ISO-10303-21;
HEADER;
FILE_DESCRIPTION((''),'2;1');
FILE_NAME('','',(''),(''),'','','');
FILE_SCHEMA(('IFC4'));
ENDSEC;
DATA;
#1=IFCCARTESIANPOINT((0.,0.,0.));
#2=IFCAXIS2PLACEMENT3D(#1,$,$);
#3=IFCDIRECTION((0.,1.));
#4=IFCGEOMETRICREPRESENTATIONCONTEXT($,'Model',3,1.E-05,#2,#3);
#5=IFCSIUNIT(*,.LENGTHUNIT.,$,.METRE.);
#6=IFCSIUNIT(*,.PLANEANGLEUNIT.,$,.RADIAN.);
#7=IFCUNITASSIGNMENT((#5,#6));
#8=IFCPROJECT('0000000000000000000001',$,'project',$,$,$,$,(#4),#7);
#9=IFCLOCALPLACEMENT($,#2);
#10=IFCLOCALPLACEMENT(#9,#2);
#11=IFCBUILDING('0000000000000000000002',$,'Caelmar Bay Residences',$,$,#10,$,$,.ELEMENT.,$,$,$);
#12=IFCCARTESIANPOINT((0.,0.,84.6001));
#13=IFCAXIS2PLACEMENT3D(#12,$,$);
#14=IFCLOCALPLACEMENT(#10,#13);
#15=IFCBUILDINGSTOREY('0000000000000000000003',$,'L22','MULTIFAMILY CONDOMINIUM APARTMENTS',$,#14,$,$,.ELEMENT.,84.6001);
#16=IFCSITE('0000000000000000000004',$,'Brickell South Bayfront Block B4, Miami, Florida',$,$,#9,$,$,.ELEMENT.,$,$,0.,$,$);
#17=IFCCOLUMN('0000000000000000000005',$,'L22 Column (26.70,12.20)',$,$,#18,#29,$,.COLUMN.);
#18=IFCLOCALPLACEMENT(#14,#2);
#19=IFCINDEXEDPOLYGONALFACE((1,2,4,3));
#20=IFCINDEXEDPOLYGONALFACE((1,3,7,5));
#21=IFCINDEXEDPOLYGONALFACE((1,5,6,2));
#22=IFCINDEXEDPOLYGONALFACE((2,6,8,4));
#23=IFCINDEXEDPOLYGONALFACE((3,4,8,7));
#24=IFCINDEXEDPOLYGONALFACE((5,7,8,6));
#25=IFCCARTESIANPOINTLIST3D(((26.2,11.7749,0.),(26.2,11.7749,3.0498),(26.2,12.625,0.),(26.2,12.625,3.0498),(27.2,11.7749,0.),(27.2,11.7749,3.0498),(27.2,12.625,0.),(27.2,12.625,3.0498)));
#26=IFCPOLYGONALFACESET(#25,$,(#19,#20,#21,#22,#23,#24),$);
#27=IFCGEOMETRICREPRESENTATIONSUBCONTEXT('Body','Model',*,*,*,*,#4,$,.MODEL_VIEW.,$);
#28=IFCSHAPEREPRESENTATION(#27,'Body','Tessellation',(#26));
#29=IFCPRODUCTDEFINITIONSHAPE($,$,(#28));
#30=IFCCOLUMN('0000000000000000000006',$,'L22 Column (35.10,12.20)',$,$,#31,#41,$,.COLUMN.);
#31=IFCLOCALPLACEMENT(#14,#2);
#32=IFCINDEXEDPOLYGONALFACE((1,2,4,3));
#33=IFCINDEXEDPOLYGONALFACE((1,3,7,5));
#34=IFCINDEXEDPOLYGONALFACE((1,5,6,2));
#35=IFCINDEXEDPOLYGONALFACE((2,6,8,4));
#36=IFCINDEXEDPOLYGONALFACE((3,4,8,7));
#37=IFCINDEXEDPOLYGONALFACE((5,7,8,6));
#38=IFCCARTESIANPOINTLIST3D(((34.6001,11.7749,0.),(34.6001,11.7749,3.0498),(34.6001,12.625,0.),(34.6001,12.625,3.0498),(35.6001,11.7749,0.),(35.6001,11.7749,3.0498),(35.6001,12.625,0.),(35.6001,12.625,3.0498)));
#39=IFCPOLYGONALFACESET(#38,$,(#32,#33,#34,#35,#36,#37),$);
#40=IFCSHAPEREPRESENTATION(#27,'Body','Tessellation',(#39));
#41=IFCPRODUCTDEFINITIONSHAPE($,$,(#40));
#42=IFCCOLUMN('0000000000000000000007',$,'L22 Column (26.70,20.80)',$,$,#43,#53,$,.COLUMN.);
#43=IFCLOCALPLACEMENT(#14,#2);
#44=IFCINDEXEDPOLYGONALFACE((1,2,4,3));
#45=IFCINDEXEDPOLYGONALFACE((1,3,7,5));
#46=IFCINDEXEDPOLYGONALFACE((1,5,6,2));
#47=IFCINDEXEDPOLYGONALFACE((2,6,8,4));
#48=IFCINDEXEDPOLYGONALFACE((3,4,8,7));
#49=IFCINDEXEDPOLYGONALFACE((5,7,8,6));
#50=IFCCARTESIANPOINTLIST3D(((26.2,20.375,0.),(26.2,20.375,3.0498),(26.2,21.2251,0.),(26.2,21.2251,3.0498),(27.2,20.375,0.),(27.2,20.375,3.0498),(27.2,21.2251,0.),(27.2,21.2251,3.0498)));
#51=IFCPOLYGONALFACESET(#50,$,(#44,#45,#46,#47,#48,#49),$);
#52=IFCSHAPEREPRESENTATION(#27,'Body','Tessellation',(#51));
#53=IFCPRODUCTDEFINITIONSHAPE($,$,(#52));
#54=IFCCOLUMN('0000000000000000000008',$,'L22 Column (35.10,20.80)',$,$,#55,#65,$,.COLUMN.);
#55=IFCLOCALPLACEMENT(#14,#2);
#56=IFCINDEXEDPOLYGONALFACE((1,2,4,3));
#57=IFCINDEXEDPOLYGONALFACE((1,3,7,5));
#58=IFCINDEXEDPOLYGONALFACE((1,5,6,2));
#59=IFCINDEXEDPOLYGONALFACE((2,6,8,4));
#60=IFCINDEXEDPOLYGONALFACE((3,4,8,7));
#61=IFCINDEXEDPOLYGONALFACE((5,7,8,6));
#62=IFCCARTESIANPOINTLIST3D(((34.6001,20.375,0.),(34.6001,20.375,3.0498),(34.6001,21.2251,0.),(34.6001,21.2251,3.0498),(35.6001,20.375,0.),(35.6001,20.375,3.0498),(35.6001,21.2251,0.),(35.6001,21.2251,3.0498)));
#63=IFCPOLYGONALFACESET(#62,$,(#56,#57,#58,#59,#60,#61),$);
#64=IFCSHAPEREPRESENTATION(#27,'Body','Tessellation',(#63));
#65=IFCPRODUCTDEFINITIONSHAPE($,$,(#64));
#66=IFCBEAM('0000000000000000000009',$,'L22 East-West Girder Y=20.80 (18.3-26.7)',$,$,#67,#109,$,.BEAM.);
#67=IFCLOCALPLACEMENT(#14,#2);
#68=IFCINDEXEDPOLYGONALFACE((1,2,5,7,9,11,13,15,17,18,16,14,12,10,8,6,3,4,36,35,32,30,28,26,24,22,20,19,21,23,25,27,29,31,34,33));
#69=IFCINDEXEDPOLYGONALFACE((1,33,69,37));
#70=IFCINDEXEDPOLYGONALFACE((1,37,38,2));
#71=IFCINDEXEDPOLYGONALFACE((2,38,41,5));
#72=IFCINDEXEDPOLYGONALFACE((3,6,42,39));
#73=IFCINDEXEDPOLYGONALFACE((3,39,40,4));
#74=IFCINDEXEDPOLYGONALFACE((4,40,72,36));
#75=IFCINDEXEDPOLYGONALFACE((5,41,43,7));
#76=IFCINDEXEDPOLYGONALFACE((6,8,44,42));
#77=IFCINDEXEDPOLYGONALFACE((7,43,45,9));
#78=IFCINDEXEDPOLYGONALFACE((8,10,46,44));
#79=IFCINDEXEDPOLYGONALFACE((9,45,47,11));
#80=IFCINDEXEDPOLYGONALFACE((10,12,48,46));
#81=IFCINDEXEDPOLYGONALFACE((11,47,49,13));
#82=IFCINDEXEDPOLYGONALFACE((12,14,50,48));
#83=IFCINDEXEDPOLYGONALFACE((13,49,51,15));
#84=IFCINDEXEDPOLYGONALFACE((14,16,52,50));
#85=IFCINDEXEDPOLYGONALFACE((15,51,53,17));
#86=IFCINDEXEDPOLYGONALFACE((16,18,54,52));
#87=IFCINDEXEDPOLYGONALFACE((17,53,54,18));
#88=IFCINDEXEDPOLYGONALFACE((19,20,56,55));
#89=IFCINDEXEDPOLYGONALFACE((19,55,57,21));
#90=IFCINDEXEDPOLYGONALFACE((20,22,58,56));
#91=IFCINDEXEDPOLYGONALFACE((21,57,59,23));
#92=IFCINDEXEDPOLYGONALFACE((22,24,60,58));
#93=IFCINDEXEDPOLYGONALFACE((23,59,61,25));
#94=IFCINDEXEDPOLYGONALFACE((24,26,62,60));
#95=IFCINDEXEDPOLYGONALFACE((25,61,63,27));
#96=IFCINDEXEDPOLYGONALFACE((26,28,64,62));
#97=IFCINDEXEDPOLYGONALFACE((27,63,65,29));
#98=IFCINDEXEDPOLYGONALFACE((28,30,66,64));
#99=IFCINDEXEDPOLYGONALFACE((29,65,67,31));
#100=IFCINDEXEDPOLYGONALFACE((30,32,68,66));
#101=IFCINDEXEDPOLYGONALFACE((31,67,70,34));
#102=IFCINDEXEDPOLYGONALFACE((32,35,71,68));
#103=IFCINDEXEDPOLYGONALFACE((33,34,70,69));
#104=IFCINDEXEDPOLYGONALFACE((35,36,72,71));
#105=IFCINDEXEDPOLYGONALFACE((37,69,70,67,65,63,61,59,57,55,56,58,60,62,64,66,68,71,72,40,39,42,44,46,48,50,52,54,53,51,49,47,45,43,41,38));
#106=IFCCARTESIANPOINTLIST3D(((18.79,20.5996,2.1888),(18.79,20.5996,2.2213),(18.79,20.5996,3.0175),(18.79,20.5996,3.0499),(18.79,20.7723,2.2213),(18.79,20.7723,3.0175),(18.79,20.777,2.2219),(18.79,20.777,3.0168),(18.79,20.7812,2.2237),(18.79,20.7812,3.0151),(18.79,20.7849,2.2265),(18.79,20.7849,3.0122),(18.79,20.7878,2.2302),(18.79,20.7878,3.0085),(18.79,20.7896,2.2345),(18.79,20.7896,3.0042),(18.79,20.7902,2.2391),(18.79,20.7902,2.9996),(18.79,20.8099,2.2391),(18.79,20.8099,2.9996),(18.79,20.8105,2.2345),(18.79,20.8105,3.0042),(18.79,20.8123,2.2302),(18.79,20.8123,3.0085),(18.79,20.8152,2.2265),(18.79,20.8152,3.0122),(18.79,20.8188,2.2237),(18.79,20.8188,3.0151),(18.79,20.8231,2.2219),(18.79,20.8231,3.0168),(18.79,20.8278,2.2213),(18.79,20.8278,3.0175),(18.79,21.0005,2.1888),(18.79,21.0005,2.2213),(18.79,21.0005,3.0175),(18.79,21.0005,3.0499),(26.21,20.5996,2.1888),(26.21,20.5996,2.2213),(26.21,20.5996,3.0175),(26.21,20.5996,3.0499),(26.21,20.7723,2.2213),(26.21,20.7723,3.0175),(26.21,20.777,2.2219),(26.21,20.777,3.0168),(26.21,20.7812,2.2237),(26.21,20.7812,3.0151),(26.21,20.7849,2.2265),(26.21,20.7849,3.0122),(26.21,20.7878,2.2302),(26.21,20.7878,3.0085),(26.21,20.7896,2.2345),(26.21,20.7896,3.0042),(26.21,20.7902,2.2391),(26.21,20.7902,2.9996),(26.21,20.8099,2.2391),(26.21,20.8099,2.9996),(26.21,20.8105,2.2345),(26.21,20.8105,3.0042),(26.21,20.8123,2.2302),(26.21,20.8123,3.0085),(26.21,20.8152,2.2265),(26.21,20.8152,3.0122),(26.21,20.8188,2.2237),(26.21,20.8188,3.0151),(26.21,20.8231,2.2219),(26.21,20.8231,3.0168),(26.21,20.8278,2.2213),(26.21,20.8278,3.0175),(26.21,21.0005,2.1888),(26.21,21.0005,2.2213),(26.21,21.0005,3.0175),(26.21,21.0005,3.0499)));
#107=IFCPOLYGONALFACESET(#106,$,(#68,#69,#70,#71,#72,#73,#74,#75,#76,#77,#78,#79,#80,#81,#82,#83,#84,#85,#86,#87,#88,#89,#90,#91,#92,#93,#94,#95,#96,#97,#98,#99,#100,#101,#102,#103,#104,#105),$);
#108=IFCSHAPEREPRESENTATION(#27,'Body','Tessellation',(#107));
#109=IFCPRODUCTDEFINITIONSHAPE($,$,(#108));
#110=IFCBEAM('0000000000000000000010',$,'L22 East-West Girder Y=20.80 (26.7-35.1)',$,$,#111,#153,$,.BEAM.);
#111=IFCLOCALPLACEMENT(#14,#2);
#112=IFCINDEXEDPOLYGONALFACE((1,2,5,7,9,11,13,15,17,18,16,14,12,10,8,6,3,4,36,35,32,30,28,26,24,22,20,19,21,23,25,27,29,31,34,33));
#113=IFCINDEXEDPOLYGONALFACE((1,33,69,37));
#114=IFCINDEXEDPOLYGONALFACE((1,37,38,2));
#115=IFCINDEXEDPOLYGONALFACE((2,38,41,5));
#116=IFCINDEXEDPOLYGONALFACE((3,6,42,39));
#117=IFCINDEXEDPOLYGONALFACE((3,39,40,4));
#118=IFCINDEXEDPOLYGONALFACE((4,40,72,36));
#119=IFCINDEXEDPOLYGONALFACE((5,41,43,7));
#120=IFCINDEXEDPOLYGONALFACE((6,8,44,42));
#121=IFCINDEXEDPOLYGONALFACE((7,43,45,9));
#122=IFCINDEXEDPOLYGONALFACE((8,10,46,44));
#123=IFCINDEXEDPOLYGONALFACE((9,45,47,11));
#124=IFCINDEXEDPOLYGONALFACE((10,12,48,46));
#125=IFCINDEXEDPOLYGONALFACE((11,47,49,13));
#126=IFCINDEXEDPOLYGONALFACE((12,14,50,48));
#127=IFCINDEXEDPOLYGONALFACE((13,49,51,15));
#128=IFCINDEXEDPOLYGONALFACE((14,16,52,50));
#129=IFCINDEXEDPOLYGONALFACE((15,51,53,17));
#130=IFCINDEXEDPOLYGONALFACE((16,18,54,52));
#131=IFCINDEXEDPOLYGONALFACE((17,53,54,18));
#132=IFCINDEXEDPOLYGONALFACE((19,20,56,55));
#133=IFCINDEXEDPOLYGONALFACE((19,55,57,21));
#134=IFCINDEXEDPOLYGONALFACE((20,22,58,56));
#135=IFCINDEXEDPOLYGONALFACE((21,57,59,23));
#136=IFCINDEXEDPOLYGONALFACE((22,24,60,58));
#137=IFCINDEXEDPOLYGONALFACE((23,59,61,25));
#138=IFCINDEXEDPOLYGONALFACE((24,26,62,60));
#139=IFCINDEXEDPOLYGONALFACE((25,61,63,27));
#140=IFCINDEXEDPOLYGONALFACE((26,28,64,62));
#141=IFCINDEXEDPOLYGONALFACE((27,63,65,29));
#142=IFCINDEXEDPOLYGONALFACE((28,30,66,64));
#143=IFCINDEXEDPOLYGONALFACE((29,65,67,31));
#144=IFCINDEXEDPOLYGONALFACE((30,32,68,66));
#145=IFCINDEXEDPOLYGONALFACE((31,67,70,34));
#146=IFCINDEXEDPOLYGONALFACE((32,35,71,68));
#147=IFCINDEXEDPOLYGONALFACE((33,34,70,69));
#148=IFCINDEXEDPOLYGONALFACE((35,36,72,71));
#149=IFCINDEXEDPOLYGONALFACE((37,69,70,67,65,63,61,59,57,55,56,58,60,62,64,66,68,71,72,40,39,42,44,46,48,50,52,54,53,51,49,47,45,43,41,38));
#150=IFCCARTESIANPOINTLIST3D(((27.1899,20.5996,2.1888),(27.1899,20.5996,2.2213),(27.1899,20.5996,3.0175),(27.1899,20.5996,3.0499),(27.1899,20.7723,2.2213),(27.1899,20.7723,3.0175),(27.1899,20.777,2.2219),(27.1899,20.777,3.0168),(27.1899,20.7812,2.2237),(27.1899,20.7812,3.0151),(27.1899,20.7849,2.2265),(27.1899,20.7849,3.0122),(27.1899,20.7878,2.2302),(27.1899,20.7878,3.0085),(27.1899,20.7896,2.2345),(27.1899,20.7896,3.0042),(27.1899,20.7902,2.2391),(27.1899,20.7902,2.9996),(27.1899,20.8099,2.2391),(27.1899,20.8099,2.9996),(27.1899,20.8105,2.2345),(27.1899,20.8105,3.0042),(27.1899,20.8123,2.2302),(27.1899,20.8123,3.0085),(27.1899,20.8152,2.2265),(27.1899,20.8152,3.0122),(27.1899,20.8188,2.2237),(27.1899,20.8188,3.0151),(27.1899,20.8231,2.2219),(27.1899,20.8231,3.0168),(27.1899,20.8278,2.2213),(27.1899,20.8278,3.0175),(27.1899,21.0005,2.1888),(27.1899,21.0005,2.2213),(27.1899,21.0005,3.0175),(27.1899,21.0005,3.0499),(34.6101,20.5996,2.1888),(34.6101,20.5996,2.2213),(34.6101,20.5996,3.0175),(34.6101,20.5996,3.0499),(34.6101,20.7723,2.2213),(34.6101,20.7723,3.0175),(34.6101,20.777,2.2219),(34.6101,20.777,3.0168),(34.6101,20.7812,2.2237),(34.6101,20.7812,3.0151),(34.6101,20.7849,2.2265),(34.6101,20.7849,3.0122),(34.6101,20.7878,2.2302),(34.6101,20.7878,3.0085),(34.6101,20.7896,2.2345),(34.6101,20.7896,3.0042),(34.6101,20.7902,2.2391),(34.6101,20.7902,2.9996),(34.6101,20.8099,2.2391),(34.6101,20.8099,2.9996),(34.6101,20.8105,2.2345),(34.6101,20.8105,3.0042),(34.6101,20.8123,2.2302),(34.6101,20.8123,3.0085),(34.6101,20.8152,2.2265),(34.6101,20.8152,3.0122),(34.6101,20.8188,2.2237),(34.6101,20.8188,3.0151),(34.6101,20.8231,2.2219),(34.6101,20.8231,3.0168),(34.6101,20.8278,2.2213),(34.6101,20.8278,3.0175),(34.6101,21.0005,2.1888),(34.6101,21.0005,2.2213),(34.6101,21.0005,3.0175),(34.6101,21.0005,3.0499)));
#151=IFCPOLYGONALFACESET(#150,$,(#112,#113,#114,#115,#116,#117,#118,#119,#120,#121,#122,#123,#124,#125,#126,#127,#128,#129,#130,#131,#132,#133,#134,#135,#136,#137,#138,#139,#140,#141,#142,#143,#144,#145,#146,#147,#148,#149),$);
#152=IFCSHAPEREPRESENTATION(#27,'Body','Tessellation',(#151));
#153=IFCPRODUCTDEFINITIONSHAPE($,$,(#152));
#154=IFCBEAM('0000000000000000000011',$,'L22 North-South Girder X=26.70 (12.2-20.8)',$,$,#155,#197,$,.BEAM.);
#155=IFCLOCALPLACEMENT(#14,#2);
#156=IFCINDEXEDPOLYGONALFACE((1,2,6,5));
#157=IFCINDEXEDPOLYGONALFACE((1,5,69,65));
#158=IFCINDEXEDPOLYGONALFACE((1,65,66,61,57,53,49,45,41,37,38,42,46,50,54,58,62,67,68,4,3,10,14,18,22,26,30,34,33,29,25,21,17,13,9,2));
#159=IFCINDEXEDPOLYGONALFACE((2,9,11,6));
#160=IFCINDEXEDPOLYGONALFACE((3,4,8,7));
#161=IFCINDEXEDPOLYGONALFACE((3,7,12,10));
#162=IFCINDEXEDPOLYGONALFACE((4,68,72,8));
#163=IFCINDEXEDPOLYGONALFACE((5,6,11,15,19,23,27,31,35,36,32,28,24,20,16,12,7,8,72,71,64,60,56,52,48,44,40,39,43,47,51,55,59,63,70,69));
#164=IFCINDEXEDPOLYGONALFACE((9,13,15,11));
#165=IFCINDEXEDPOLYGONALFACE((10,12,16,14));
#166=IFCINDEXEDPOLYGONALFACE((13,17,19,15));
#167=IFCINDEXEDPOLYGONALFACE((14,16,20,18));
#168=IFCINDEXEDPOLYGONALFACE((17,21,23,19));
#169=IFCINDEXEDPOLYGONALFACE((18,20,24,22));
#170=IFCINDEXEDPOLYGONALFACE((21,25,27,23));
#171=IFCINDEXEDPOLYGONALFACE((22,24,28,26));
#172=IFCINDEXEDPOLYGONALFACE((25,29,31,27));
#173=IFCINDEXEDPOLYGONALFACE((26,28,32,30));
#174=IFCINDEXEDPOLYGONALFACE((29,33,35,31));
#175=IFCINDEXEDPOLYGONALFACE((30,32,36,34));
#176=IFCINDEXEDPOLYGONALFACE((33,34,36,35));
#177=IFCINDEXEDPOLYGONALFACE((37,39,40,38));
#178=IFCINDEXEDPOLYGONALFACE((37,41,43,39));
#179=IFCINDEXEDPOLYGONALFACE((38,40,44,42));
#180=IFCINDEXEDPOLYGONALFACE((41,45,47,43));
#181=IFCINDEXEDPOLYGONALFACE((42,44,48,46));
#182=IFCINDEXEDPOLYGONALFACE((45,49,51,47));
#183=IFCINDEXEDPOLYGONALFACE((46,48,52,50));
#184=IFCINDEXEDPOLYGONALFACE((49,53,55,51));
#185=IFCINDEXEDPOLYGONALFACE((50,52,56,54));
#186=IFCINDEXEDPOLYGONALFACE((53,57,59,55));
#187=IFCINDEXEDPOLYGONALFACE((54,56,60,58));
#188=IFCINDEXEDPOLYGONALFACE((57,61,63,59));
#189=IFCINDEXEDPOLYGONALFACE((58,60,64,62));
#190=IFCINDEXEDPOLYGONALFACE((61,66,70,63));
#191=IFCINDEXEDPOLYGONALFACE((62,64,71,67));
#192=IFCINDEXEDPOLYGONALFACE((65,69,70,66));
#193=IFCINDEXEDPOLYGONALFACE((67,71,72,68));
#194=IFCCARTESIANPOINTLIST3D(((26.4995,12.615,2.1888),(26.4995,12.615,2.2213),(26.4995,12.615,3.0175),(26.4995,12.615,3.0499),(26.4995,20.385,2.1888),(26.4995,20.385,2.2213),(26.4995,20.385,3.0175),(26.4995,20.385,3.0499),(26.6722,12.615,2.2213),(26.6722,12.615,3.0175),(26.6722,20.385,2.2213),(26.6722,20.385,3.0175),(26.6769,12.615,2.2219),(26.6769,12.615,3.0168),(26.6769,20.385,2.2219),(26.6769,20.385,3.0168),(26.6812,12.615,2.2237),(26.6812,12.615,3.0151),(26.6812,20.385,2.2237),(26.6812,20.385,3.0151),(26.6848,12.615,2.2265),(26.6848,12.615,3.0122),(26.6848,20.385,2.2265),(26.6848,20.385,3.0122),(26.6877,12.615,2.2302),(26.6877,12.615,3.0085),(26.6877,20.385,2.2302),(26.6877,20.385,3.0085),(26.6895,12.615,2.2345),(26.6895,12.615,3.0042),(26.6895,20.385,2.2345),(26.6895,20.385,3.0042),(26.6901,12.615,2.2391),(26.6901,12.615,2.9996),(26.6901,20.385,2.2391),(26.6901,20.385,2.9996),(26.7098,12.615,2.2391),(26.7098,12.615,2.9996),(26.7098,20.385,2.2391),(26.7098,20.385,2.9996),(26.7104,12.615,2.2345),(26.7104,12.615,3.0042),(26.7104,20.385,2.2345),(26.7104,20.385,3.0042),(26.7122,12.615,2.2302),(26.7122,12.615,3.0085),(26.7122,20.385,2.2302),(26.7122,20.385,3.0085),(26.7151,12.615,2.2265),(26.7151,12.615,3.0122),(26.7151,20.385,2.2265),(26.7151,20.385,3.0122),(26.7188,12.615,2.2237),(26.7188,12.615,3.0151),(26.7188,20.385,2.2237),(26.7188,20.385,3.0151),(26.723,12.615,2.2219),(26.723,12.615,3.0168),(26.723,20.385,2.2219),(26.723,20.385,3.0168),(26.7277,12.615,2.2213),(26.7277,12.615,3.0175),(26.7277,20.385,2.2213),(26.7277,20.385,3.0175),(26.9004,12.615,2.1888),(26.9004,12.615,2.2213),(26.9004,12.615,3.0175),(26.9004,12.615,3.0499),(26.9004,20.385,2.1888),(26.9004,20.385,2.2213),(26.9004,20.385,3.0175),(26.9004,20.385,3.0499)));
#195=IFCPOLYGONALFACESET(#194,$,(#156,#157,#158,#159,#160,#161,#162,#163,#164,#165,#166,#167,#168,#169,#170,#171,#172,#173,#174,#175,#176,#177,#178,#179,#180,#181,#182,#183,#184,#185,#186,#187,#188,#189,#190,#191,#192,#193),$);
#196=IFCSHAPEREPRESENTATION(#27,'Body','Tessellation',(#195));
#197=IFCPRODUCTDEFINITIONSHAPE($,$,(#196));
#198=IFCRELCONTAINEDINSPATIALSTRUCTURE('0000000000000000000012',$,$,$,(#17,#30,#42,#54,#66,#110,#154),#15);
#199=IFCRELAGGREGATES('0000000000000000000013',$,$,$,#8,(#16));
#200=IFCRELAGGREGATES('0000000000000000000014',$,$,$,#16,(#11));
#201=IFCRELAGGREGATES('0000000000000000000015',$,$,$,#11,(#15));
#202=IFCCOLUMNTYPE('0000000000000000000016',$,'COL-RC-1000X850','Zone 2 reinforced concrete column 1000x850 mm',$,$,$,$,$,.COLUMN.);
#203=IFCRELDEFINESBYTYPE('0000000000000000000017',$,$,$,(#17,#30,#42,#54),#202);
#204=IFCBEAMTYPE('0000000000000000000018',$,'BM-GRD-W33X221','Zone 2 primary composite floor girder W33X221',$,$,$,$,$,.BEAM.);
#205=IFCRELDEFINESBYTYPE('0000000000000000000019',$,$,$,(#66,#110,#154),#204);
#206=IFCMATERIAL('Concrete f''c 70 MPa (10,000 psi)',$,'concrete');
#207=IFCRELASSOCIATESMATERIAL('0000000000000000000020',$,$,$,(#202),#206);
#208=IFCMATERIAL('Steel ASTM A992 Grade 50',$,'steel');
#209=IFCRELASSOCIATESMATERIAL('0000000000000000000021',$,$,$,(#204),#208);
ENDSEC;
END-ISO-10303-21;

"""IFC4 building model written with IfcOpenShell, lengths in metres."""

from ifc_helpers import new_model, si_unit, direction, frame, origin, origin_2d, place, context, subcontext, project, spatial, rectangle, i_section, extrude, material, material_profile, profile_set, type_object, element, save


model = new_model("IFC4")

# Units and contexts
model_context = context("Model", 3, precision=1e-05, world=origin(), true_north=direction((0.0, 1.0)))
body_context = subcontext(model_context, "Body", "Model", "MODEL_VIEW")
ifc_project = project(units=[si_unit("LENGTHUNIT", "METRE"), si_unit("PLANEANGLEUNIT", "RADIAN")], contexts=[model_context])

# Site, building, storey
site_placement = place(None, origin())
site = spatial("IfcSite", under=ifc_project, at=site_placement, Name="Brickell South Bayfront Block B4, Miami, Florida", CompositionType="ELEMENT", RefElevation=0.0)
building_placement = place(site_placement, origin())
building = spatial("IfcBuilding", under=site, at=building_placement, Name="Caelmar Bay Residences", CompositionType="ELEMENT")
storey_placement = place(building_placement, frame((0.0, 0.0, 84.6001)))
storey = spatial("IfcBuildingStorey", under=building, at=storey_placement, Name="L22", Description="MULTIFAMILY CONDOMINIUM APARTMENTS", CompositionType="ELEMENT", Elevation=84.6001)

# Columns
ifc_material_1 = material(Name="Concrete f'c 70 MPa (10,000 psi)", Category="concrete")
ifc_material_profile_1 = material_profile(ifc_material_1, rectangle(XDim=1.0, YDim=0.8501, at=origin_2d()), Name="RC-COL-1000X850")
ifc_profile_set_1 = profile_set([ifc_material_profile_1], Name="Concrete f'c 70 MPa (10,000 psi)")
column_type = type_object("IfcColumnType", Name="COL-RC-1000X850", Description="Zone 2 reinforced concrete column 1000x850 mm", PredefinedType="COLUMN", material=ifc_profile_set_1)
for number, where, z_axis, x_axis, name in (
    (1, (26.7, 12.2, 0.0), (0.0, 0.0, 1.0), (1.0, 0.0, 0.0), "L22 Column (26.70,12.20)"),
    (2, (35.1001, 12.2, 0.0), (0.0, 0.0, 1.0), (1.0, 0.0, 0.0), "L22 Column (35.10,12.20)"),
    (3, (26.7, 20.8, 0.0), (0.0, 0.0, 1.0), (1.0, 0.0, 0.0), "L22 Column (26.70,20.80)"),
    (4, (35.1001, 20.8, 0.0), (0.0, 0.0, 1.0), (1.0, 0.0, 0.0), "L22 Column (35.10,20.80)"),
):
    element("IfcColumn", number, at=place(storey_placement, frame(where, z_axis=z_axis, x_axis=x_axis)), inside=storey, type_object=column_type, Name=name, PredefinedType="COLUMN", context=body_context, shape_type="SweptSolid", body=[
        extrude(rectangle(XDim=1.0, YDim=0.8501, at=origin_2d()), origin(), (0.0, 0.0, 1.0), 3.0498),
    ])

# Beams
ifc_material_2 = material(Name="Steel ASTM A992 Grade 50", Category="steel")
ifc_material_profile_2 = material_profile(ifc_material_2, i_section(OverallWidth=0.4009, OverallDepth=0.8611, WebThickness=0.0198, FlangeThickness=0.0325, FilletRadius=0.0178, at=origin_2d()), Name="W33X221")
ifc_profile_set_2 = profile_set([ifc_material_profile_2], Name="Steel ASTM A992 Grade 50")
beam_type_1 = type_object("IfcBeamType", Name="BM-GRD-W33X221", Description="Zone 2 primary composite floor girder W33X221", PredefinedType="BEAM", material=ifc_profile_set_2)
beam_1_placement = place(storey_placement, frame((18.79, 20.8, 2.6194), z_axis=(1.0, 0.0, 0.0), x_axis=(0.0, 1.0, 0.0)))
element("IfcBeam", 5, at=beam_1_placement, inside=storey, type_object=beam_type_1, Name="L22 East-West Girder Y=20.80 (18.3-26.7)", PredefinedType="BEAM", context=body_context, shape_type="SweptSolid", body=[
    extrude(i_section(OverallWidth=0.4009, OverallDepth=0.8611, WebThickness=0.0198, FlangeThickness=0.0325, FilletRadius=0.0178, at=origin_2d()), origin(), (0.0, 0.0, 1.0), 7.4199),
])
beam_2_placement = place(storey_placement, frame((27.1899, 20.8, 2.6194), z_axis=(1.0, 0.0, 0.0), x_axis=(0.0, 1.0, 0.0)))
element("IfcBeam", 6, at=beam_2_placement, inside=storey, type_object=beam_type_1, Name="L22 East-West Girder Y=20.80 (26.7-35.1)", PredefinedType="BEAM", context=body_context, shape_type="SweptSolid", body=[
    extrude(i_section(OverallWidth=0.4009, OverallDepth=0.8611, WebThickness=0.0198, FlangeThickness=0.0325, FilletRadius=0.0178, at=origin_2d()), origin(), (0.0, 0.0, 1.0), 7.4202),
])
for number, where, z_axis, x_axis, name in (
    (7, (26.7, 12.615, 2.6194), (0.0, 1.0, 0.0), (-1.0, 0.0, 0.0), "L22 North-South Girder X=26.70 (12.2-20.8)"),
):
    element("IfcBeam", number, at=place(storey_placement, frame(where, z_axis=z_axis, x_axis=x_axis)), inside=storey, type_object=beam_type_1, Name=name, PredefinedType="BEAM", context=body_context, shape_type="SweptSolid", body=[
        extrude(i_section(OverallWidth=0.4009, OverallDepth=0.8611, WebThickness=0.0198, FlangeThickness=0.0325, FilletRadius=0.0178, at=origin_2d()), origin(), (0.0, 0.0, 1.0), 7.77),
    ])

save(model, "model.ifc")
